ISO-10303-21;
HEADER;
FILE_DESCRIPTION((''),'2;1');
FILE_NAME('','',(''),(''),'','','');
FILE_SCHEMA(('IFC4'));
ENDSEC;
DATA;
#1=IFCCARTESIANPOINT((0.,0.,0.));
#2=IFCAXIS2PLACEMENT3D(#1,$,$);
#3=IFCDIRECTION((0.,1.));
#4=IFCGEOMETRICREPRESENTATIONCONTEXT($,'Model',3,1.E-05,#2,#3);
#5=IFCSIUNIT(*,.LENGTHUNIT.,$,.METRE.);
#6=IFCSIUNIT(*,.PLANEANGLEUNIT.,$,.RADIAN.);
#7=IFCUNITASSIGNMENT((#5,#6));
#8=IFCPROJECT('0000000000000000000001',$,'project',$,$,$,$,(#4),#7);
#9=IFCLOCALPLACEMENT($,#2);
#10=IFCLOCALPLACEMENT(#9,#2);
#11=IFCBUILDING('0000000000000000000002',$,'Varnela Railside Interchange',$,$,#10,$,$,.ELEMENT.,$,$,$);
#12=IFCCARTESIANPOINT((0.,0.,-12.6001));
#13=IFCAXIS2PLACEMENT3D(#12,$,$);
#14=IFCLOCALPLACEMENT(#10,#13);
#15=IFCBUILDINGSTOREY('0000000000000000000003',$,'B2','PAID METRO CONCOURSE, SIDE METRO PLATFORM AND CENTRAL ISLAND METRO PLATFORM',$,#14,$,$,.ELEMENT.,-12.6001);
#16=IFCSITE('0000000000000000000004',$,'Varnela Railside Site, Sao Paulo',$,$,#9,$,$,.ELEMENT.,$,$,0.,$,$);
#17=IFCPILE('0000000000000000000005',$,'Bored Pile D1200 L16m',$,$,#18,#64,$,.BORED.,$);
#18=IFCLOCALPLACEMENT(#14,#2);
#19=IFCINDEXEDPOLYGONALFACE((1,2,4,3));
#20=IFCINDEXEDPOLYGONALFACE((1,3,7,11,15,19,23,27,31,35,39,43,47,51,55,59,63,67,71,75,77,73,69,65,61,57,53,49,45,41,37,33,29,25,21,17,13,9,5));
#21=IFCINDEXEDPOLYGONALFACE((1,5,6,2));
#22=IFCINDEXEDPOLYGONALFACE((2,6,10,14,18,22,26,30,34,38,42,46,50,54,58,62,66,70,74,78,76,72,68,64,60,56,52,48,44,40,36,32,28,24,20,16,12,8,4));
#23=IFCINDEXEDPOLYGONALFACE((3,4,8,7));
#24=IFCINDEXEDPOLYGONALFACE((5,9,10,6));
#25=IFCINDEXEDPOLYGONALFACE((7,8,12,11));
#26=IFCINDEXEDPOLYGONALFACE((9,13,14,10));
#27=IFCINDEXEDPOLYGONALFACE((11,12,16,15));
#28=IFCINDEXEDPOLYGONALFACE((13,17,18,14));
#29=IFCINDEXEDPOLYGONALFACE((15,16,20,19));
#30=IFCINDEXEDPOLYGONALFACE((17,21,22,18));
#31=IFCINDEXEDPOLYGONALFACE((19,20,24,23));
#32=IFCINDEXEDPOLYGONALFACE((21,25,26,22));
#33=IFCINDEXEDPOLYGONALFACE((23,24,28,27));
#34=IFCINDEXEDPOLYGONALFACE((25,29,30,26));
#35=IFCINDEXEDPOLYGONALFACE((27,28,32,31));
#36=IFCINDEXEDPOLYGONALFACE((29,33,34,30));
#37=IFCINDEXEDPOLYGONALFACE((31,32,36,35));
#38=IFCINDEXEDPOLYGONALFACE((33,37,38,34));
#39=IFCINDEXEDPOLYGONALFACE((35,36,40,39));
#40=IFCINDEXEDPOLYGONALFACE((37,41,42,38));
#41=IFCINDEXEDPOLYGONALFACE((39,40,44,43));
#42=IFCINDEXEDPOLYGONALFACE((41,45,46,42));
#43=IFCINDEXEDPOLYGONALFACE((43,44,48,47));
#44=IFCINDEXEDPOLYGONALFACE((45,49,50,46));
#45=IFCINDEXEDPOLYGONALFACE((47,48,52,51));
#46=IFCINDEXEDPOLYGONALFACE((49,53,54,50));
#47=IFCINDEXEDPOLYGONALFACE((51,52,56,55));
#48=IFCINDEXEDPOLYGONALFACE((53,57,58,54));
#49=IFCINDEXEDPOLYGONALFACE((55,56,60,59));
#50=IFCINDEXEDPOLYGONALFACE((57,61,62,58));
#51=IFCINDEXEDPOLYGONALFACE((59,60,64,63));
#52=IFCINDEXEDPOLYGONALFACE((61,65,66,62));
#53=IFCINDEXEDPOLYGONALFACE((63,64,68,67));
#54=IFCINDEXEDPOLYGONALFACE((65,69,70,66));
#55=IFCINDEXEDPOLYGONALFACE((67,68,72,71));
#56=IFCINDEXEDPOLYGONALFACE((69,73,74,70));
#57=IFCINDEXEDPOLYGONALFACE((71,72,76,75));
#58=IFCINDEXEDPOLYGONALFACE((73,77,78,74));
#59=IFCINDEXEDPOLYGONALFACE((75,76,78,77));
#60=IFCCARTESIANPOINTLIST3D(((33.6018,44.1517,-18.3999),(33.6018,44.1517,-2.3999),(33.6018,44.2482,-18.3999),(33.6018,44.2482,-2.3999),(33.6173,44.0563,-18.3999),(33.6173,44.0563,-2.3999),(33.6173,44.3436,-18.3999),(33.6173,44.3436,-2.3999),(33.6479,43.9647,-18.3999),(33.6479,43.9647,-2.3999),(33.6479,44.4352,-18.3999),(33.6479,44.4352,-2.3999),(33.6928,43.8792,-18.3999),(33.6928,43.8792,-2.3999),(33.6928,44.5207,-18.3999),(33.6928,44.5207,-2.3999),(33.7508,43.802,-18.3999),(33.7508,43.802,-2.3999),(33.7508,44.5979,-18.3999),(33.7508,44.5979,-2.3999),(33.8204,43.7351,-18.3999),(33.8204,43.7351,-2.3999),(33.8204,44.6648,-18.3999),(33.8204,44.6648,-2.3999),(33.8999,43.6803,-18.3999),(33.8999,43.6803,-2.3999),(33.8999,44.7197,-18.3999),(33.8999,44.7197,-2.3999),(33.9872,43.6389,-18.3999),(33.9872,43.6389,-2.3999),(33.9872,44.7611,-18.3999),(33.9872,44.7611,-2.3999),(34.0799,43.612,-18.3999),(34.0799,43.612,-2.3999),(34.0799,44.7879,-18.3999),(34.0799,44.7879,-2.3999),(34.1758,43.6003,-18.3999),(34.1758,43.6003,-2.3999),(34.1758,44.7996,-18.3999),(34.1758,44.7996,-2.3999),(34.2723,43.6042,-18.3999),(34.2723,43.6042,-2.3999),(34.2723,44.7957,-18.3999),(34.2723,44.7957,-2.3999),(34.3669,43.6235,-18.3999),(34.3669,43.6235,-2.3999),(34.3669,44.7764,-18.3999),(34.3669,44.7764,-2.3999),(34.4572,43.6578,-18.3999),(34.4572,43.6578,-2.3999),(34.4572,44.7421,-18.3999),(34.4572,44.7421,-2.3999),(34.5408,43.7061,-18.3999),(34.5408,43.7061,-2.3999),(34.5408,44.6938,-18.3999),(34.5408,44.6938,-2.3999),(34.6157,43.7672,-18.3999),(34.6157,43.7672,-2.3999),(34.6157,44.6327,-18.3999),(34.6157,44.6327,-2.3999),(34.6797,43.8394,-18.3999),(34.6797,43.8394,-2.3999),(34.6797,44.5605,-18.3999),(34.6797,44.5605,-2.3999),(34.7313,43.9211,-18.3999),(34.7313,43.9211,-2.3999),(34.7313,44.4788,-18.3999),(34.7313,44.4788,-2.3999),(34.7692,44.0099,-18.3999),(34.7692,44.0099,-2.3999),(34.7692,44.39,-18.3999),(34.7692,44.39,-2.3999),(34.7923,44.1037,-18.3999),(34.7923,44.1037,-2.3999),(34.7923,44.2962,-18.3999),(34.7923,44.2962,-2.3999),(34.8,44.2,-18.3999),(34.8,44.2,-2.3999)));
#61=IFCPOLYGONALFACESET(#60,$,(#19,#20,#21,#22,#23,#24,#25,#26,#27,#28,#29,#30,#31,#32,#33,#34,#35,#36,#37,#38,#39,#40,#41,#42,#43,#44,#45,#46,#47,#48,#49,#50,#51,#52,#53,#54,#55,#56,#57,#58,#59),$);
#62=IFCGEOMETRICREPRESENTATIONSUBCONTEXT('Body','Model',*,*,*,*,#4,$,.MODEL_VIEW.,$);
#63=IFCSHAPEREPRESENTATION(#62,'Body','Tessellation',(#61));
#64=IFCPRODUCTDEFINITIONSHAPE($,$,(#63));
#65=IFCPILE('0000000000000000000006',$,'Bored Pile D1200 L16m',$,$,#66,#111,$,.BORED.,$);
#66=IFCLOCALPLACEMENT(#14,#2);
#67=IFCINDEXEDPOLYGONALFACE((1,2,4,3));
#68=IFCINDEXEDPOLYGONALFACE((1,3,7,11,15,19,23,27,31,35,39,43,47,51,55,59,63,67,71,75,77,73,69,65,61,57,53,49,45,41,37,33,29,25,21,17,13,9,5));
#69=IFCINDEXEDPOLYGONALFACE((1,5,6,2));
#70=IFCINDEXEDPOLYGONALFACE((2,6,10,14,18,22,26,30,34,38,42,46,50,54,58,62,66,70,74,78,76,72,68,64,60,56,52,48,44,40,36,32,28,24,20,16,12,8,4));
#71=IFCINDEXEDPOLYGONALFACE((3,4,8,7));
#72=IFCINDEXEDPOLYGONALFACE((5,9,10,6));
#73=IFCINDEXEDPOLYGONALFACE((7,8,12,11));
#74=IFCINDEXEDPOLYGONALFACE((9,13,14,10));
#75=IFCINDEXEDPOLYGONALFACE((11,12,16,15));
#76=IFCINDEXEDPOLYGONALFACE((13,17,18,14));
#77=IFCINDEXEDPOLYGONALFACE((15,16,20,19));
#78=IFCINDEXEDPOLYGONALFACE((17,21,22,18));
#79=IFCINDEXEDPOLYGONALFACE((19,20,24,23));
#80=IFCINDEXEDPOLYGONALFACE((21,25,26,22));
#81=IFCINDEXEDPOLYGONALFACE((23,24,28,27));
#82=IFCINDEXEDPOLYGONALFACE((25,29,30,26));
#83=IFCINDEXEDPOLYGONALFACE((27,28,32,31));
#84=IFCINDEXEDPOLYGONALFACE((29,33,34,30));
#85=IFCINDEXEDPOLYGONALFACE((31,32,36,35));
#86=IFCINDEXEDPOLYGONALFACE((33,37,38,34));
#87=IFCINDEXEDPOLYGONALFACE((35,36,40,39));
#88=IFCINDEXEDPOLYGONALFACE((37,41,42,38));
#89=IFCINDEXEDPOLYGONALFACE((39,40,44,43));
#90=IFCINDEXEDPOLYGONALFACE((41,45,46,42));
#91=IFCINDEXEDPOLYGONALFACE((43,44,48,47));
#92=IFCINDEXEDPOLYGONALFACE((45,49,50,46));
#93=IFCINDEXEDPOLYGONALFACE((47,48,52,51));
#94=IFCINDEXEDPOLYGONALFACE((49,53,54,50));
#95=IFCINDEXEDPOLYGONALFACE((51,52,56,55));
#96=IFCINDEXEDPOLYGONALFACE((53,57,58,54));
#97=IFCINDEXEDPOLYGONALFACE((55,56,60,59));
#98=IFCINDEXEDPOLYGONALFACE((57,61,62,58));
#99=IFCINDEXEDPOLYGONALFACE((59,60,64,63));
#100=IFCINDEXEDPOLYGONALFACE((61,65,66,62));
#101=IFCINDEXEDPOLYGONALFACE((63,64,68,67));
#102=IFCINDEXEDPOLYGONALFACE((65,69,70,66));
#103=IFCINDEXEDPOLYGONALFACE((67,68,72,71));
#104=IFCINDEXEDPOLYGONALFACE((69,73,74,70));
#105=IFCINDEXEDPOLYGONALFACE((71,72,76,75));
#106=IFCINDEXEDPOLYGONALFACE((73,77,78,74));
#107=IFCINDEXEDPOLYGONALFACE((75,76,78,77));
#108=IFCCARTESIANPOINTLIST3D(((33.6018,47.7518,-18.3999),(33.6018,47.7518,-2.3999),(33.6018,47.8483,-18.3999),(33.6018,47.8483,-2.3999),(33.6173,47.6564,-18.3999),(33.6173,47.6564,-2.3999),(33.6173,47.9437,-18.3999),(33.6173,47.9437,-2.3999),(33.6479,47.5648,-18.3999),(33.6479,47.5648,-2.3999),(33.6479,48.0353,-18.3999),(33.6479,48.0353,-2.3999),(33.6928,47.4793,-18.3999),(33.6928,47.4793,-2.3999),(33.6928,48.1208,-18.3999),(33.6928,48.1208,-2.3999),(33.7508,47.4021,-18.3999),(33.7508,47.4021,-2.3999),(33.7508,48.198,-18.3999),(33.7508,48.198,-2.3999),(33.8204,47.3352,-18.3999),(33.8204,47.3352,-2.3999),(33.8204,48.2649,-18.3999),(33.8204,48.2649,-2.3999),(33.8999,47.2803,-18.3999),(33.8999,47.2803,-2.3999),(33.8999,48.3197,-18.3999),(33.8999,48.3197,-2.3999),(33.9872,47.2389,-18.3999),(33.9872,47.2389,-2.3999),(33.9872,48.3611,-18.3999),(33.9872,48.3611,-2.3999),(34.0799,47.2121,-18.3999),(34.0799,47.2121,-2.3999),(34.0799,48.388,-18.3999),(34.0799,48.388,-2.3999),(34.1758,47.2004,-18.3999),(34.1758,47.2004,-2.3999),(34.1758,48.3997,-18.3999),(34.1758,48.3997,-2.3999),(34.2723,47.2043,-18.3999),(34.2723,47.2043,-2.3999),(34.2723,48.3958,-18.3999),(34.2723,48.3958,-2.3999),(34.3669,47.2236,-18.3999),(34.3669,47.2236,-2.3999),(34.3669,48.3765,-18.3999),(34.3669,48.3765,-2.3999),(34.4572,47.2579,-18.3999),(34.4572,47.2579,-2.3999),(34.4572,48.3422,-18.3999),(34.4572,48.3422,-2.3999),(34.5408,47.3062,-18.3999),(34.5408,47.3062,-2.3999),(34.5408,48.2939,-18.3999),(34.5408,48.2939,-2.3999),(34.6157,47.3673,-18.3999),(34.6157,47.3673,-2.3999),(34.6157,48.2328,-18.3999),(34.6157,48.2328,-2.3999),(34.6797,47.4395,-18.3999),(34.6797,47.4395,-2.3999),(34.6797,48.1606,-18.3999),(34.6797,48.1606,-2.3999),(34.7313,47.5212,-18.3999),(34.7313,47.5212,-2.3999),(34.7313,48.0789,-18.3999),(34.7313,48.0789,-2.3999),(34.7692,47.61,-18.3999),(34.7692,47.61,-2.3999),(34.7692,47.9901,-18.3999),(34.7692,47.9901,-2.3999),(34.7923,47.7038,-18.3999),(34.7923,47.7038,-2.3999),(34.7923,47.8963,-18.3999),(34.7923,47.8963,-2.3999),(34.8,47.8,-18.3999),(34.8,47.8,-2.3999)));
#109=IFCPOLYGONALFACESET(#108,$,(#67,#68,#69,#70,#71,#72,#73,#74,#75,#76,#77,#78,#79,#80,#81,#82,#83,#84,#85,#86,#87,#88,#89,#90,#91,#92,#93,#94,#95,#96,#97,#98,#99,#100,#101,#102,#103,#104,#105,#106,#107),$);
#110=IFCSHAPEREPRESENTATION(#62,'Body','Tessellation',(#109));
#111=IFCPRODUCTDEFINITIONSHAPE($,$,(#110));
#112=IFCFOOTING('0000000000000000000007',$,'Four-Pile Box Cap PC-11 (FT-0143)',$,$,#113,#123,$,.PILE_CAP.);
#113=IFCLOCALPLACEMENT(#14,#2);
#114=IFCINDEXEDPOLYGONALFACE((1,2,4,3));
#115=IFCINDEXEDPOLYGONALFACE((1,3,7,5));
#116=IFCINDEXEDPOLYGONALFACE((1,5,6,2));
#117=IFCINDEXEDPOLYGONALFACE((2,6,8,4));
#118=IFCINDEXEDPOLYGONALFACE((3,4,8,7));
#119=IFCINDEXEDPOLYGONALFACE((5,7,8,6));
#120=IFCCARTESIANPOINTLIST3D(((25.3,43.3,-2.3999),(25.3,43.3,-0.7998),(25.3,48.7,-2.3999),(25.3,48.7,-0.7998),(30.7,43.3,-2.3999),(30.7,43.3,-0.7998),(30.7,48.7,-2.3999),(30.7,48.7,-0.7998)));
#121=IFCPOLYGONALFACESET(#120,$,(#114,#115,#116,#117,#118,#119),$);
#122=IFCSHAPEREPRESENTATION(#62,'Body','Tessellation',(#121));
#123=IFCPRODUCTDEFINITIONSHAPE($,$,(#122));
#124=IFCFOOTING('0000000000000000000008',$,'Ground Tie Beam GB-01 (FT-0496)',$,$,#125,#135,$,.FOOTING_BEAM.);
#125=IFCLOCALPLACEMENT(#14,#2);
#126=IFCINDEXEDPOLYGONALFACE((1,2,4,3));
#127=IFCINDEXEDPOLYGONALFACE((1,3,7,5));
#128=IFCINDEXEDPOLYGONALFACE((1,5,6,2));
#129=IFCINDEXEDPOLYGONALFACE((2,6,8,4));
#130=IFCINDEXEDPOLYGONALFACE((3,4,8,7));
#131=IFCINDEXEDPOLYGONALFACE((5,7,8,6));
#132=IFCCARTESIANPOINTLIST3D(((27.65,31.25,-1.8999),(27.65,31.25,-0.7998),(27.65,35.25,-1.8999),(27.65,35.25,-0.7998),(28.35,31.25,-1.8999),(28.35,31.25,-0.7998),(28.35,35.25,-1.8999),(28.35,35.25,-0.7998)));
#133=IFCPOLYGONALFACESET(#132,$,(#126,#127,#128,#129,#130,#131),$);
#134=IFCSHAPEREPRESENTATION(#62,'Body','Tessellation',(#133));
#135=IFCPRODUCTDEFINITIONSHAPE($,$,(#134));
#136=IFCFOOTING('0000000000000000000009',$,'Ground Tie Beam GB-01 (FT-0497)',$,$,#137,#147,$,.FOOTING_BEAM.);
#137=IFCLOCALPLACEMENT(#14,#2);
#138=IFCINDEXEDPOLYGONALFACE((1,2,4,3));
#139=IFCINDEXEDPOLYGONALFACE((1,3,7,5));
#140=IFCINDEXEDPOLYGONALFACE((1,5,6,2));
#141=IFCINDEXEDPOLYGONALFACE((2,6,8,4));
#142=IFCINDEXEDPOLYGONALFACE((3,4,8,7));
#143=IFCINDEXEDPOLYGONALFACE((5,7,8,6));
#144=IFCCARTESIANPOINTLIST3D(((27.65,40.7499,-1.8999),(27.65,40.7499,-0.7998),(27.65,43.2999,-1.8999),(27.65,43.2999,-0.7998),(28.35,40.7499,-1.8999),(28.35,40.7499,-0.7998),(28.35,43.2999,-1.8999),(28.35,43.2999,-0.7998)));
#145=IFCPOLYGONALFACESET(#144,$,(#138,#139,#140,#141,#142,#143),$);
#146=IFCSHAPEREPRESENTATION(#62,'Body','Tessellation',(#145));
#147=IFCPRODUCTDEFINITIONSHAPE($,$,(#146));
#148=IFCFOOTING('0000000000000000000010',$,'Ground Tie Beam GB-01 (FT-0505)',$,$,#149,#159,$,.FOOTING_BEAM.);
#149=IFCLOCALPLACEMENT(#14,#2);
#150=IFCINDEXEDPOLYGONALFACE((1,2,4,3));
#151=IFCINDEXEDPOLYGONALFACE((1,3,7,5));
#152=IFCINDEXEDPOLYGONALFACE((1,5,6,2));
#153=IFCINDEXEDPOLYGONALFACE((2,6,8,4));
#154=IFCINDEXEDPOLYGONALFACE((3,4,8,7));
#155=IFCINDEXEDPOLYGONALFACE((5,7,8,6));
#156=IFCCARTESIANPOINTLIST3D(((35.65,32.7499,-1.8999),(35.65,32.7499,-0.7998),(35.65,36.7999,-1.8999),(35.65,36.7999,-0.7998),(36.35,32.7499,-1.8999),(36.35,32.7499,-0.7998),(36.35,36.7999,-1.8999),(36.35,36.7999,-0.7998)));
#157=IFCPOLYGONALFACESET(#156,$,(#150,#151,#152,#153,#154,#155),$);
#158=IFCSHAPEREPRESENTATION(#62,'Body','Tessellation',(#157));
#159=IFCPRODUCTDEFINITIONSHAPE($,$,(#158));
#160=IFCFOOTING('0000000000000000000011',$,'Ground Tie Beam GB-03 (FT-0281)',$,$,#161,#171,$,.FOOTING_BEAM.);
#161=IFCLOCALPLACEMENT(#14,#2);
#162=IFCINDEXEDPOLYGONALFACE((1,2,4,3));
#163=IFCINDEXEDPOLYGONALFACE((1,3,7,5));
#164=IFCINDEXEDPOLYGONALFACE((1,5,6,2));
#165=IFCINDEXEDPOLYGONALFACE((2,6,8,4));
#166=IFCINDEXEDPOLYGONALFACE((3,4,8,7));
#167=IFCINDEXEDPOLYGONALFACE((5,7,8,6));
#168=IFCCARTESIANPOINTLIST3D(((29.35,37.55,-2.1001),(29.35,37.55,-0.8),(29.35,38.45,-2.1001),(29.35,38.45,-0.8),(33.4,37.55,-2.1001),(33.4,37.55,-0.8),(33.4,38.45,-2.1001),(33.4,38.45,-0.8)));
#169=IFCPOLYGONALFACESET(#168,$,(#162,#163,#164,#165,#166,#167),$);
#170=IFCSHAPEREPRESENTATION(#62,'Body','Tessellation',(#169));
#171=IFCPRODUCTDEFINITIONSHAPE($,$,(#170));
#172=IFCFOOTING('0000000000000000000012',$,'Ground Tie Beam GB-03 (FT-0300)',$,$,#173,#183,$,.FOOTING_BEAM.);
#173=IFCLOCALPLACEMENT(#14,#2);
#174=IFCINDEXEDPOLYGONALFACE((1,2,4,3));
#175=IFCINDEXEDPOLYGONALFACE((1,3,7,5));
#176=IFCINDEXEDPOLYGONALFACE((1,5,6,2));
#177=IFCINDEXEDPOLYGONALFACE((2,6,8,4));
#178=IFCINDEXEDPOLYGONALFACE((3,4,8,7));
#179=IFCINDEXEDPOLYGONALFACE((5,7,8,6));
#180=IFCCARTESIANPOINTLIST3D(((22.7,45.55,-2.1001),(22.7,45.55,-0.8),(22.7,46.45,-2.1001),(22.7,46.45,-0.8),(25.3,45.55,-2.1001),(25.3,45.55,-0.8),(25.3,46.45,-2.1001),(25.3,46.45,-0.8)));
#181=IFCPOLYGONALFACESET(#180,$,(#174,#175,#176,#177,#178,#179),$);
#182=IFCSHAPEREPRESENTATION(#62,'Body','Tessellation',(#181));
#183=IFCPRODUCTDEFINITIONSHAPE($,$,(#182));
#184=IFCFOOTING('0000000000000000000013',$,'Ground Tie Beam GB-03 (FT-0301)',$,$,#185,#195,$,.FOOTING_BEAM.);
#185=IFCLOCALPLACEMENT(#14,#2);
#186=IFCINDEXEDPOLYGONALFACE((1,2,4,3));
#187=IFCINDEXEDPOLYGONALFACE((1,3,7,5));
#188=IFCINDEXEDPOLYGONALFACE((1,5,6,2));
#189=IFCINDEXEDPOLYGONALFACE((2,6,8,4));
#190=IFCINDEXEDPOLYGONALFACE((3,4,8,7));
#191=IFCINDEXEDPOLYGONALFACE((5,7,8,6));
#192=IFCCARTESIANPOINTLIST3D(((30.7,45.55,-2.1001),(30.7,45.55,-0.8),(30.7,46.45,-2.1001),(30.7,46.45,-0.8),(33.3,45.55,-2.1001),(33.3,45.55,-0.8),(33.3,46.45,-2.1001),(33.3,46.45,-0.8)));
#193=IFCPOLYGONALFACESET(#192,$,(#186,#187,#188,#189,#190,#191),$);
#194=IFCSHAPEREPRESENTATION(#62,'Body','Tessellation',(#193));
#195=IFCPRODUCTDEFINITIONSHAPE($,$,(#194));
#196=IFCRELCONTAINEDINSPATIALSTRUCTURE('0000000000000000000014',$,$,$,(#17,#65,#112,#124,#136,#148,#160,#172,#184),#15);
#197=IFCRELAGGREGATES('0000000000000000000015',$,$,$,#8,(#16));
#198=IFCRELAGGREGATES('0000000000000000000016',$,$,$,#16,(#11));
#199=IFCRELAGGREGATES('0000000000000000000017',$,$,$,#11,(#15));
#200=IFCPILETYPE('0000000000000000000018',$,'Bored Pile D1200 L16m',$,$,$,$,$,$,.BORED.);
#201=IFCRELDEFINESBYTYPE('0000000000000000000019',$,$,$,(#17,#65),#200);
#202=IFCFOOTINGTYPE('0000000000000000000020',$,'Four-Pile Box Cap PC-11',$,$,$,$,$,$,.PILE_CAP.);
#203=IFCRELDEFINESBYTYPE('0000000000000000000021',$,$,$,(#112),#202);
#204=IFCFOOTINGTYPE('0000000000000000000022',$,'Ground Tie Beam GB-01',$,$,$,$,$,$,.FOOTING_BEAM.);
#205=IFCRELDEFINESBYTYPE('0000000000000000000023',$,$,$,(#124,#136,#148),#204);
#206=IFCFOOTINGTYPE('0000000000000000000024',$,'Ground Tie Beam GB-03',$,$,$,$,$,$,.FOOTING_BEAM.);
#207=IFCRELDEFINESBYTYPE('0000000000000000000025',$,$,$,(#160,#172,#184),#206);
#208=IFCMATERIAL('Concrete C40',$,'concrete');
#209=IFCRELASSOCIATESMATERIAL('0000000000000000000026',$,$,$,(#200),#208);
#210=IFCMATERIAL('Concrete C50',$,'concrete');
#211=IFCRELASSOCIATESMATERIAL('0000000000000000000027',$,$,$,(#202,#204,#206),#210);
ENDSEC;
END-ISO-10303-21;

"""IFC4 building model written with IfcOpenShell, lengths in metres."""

from ifc_helpers import new_model, si_unit, direction, frame, origin, origin_2d, place, context, subcontext, project, spatial, rectangle, circle, extrude, material, material_profile, profile_set, type_object, element, save


model = new_model("IFC4")

# Units and contexts
model_context = context("Model", 3, precision=1e-05, world=origin(), true_north=direction((0.0, 1.0)))
body_context = subcontext(model_context, "Body", "Model", "MODEL_VIEW")
ifc_project = project(units=[si_unit("LENGTHUNIT", "METRE"), si_unit("PLANEANGLEUNIT", "RADIAN")], contexts=[model_context])

# Site, building, storey
site_placement = place(None, origin())
site = spatial("IfcSite", under=ifc_project, at=site_placement, Name="Varnela Railside Site, Sao Paulo", CompositionType="ELEMENT", RefElevation=0.0)
building_placement = place(site_placement, origin())
building = spatial("IfcBuilding", under=site, at=building_placement, Name="Varnela Railside Interchange", CompositionType="ELEMENT")
storey_placement = place(building_placement, frame((0.0, 0.0, -12.6001)))
storey = spatial("IfcBuildingStorey", under=building, at=storey_placement, Name="B2", Description="PAID METRO CONCOURSE, SIDE METRO PLATFORM AND CENTRAL ISLAND METRO PLATFORM", CompositionType="ELEMENT", Elevation=-12.6001)

# Piles
ifc_material_1 = material(Name="Concrete C40", Category="concrete")
ifc_material_profile_1 = material_profile(ifc_material_1, circle(Radius=0.6001, at=origin_2d()), Name="BORED PILE D1200")
ifc_profile_set_1 = profile_set([ifc_material_profile_1], Name="Concrete C40")
pile_type_1 = type_object("IfcPileType", Name="Bored Pile D1200 L16m", PredefinedType="BORED", material=ifc_profile_set_1)
for number, where, z_axis, x_axis, name in (
    (1, (34.2, 44.2, -2.3999), (0.0, 0.0, -1.0), (1.0, 0.0, 0.0), "Bored Pile D1200 L16m"),
    (2, (34.2, 47.8, -2.3999), (0.0, 0.0, -1.0), (1.0, 0.0, 0.0), "Bored Pile D1200 L16m"),
):
    element("IfcPile", number, at=place(storey_placement, frame(where, z_axis=z_axis, x_axis=x_axis)), inside=storey, type_object=pile_type_1, Name=name, PredefinedType="BORED", context=body_context, shape_type="SweptSolid", body=[
        extrude(circle(Radius=0.6001, at=origin_2d()), origin(), (0.0, 0.0, 1.0), 16.0),
    ])

# Footings
ifc_material_2 = material(Name="Concrete C50", Category="concrete")
footing_type_1 = type_object("IfcFootingType", Name="Four-Pile Box Cap PC-11", PredefinedType="PILE_CAP", material=ifc_material_2)
footing_1_placement = place(storey_placement, frame((28.0, 46.0, -2.3999), z_axis=(0.0, 0.0, 1.0), x_axis=(1.0, 0.0, 0.0)))
element("IfcFooting", 3, at=footing_1_placement, inside=storey, type_object=footing_type_1, Name="Four-Pile Box Cap PC-11 (FT-0143)", PredefinedType="PILE_CAP", context=body_context, shape_type="SweptSolid", body=[
    extrude(rectangle(XDim=5.3999, YDim=5.3999, at=origin_2d()), origin(), (0.0, 0.0, 1.0), 1.6001),
])
footing_type_2 = type_object("IfcFootingType", Name="Ground Tie Beam GB-01", PredefinedType="FOOTING_BEAM", material=ifc_material_2)
footing_2_placement = place(storey_placement, frame((28.0, 33.25, -1.8999), z_axis=(0.0, 0.0, 1.0), x_axis=(1.0, 0.0, 0.0)))
element("IfcFooting", 4, at=footing_2_placement, inside=storey, type_object=footing_type_2, Name="Ground Tie Beam GB-01 (FT-0496)", PredefinedType="FOOTING_BEAM", context=body_context, shape_type="SweptSolid", body=[
    extrude(rectangle(XDim=0.7, YDim=4.0, at=origin_2d()), origin(), (0.0, 0.0, 1.0), 1.1001),
])
footing_3_placement = place(storey_placement, frame((28.0, 42.0249, -1.8999), z_axis=(0.0, 0.0, 1.0), x_axis=(1.0, 0.0, 0.0)))
element("IfcFooting", 5, at=footing_3_placement, inside=storey, type_object=footing_type_2, Name="Ground Tie Beam GB-01 (FT-0497)", PredefinedType="FOOTING_BEAM", context=body_context, shape_type="SweptSolid", body=[
    extrude(rectangle(XDim=0.7, YDim=2.55, at=origin_2d()), origin(), (0.0, 0.0, 1.0), 1.1001),
])
footing_4_placement = place(storey_placement, frame((36.0, 34.7749, -1.8999), z_axis=(0.0, 0.0, 1.0), x_axis=(1.0, 0.0, 0.0)))
element("IfcFooting", 6, at=footing_4_placement, inside=storey, type_object=footing_type_2, Name="Ground Tie Beam GB-01 (FT-0505)", PredefinedType="FOOTING_BEAM", context=body_context, shape_type="SweptSolid", body=[
    extrude(rectangle(XDim=0.7, YDim=4.05, at=origin_2d()), origin(), (0.0, 0.0, 1.0), 1.1001),
])
footing_type_3 = type_object("IfcFootingType", Name="Ground Tie Beam GB-03", PredefinedType="FOOTING_BEAM", material=ifc_material_2)
footing_5_placement = place(storey_placement, frame((31.375, 38.0, -2.1001), z_axis=(0.0, 0.0, 1.0), x_axis=(1.0, 0.0, 0.0)))
element("IfcFooting", 7, at=footing_5_placement, inside=storey, type_object=footing_type_3, Name="Ground Tie Beam GB-03 (FT-0281)", PredefinedType="FOOTING_BEAM", context=body_context, shape_type="SweptSolid", body=[
    extrude(rectangle(XDim=4.05, YDim=0.8999, at=origin_2d()), origin(), (0.0, 0.0, 1.0), 1.3),
])
for number, where, z_axis, x_axis, name in (
    (8, (24.0, 46.0, -2.1001), (0.0, 0.0, 1.0), (1.0, 0.0, 0.0), "Ground Tie Beam GB-03 (FT-0300)"),
    (9, (32.0, 46.0, -2.1001), (0.0, 0.0, 1.0), (1.0, 0.0, 0.0), "Ground Tie Beam GB-03 (FT-0301)"),
):
    element("IfcFooting", number, at=place(storey_placement, frame(where, z_axis=z_axis, x_axis=x_axis)), inside=storey, type_object=footing_type_3, Name=name, PredefinedType="FOOTING_BEAM", context=body_context, shape_type="SweptSolid", body=[
        extrude(rectangle(XDim=2.6001, YDim=0.8999, at=origin_2d()), origin(), (0.0, 0.0, 1.0), 1.3),
    ])

save(model, "model.ifc")
